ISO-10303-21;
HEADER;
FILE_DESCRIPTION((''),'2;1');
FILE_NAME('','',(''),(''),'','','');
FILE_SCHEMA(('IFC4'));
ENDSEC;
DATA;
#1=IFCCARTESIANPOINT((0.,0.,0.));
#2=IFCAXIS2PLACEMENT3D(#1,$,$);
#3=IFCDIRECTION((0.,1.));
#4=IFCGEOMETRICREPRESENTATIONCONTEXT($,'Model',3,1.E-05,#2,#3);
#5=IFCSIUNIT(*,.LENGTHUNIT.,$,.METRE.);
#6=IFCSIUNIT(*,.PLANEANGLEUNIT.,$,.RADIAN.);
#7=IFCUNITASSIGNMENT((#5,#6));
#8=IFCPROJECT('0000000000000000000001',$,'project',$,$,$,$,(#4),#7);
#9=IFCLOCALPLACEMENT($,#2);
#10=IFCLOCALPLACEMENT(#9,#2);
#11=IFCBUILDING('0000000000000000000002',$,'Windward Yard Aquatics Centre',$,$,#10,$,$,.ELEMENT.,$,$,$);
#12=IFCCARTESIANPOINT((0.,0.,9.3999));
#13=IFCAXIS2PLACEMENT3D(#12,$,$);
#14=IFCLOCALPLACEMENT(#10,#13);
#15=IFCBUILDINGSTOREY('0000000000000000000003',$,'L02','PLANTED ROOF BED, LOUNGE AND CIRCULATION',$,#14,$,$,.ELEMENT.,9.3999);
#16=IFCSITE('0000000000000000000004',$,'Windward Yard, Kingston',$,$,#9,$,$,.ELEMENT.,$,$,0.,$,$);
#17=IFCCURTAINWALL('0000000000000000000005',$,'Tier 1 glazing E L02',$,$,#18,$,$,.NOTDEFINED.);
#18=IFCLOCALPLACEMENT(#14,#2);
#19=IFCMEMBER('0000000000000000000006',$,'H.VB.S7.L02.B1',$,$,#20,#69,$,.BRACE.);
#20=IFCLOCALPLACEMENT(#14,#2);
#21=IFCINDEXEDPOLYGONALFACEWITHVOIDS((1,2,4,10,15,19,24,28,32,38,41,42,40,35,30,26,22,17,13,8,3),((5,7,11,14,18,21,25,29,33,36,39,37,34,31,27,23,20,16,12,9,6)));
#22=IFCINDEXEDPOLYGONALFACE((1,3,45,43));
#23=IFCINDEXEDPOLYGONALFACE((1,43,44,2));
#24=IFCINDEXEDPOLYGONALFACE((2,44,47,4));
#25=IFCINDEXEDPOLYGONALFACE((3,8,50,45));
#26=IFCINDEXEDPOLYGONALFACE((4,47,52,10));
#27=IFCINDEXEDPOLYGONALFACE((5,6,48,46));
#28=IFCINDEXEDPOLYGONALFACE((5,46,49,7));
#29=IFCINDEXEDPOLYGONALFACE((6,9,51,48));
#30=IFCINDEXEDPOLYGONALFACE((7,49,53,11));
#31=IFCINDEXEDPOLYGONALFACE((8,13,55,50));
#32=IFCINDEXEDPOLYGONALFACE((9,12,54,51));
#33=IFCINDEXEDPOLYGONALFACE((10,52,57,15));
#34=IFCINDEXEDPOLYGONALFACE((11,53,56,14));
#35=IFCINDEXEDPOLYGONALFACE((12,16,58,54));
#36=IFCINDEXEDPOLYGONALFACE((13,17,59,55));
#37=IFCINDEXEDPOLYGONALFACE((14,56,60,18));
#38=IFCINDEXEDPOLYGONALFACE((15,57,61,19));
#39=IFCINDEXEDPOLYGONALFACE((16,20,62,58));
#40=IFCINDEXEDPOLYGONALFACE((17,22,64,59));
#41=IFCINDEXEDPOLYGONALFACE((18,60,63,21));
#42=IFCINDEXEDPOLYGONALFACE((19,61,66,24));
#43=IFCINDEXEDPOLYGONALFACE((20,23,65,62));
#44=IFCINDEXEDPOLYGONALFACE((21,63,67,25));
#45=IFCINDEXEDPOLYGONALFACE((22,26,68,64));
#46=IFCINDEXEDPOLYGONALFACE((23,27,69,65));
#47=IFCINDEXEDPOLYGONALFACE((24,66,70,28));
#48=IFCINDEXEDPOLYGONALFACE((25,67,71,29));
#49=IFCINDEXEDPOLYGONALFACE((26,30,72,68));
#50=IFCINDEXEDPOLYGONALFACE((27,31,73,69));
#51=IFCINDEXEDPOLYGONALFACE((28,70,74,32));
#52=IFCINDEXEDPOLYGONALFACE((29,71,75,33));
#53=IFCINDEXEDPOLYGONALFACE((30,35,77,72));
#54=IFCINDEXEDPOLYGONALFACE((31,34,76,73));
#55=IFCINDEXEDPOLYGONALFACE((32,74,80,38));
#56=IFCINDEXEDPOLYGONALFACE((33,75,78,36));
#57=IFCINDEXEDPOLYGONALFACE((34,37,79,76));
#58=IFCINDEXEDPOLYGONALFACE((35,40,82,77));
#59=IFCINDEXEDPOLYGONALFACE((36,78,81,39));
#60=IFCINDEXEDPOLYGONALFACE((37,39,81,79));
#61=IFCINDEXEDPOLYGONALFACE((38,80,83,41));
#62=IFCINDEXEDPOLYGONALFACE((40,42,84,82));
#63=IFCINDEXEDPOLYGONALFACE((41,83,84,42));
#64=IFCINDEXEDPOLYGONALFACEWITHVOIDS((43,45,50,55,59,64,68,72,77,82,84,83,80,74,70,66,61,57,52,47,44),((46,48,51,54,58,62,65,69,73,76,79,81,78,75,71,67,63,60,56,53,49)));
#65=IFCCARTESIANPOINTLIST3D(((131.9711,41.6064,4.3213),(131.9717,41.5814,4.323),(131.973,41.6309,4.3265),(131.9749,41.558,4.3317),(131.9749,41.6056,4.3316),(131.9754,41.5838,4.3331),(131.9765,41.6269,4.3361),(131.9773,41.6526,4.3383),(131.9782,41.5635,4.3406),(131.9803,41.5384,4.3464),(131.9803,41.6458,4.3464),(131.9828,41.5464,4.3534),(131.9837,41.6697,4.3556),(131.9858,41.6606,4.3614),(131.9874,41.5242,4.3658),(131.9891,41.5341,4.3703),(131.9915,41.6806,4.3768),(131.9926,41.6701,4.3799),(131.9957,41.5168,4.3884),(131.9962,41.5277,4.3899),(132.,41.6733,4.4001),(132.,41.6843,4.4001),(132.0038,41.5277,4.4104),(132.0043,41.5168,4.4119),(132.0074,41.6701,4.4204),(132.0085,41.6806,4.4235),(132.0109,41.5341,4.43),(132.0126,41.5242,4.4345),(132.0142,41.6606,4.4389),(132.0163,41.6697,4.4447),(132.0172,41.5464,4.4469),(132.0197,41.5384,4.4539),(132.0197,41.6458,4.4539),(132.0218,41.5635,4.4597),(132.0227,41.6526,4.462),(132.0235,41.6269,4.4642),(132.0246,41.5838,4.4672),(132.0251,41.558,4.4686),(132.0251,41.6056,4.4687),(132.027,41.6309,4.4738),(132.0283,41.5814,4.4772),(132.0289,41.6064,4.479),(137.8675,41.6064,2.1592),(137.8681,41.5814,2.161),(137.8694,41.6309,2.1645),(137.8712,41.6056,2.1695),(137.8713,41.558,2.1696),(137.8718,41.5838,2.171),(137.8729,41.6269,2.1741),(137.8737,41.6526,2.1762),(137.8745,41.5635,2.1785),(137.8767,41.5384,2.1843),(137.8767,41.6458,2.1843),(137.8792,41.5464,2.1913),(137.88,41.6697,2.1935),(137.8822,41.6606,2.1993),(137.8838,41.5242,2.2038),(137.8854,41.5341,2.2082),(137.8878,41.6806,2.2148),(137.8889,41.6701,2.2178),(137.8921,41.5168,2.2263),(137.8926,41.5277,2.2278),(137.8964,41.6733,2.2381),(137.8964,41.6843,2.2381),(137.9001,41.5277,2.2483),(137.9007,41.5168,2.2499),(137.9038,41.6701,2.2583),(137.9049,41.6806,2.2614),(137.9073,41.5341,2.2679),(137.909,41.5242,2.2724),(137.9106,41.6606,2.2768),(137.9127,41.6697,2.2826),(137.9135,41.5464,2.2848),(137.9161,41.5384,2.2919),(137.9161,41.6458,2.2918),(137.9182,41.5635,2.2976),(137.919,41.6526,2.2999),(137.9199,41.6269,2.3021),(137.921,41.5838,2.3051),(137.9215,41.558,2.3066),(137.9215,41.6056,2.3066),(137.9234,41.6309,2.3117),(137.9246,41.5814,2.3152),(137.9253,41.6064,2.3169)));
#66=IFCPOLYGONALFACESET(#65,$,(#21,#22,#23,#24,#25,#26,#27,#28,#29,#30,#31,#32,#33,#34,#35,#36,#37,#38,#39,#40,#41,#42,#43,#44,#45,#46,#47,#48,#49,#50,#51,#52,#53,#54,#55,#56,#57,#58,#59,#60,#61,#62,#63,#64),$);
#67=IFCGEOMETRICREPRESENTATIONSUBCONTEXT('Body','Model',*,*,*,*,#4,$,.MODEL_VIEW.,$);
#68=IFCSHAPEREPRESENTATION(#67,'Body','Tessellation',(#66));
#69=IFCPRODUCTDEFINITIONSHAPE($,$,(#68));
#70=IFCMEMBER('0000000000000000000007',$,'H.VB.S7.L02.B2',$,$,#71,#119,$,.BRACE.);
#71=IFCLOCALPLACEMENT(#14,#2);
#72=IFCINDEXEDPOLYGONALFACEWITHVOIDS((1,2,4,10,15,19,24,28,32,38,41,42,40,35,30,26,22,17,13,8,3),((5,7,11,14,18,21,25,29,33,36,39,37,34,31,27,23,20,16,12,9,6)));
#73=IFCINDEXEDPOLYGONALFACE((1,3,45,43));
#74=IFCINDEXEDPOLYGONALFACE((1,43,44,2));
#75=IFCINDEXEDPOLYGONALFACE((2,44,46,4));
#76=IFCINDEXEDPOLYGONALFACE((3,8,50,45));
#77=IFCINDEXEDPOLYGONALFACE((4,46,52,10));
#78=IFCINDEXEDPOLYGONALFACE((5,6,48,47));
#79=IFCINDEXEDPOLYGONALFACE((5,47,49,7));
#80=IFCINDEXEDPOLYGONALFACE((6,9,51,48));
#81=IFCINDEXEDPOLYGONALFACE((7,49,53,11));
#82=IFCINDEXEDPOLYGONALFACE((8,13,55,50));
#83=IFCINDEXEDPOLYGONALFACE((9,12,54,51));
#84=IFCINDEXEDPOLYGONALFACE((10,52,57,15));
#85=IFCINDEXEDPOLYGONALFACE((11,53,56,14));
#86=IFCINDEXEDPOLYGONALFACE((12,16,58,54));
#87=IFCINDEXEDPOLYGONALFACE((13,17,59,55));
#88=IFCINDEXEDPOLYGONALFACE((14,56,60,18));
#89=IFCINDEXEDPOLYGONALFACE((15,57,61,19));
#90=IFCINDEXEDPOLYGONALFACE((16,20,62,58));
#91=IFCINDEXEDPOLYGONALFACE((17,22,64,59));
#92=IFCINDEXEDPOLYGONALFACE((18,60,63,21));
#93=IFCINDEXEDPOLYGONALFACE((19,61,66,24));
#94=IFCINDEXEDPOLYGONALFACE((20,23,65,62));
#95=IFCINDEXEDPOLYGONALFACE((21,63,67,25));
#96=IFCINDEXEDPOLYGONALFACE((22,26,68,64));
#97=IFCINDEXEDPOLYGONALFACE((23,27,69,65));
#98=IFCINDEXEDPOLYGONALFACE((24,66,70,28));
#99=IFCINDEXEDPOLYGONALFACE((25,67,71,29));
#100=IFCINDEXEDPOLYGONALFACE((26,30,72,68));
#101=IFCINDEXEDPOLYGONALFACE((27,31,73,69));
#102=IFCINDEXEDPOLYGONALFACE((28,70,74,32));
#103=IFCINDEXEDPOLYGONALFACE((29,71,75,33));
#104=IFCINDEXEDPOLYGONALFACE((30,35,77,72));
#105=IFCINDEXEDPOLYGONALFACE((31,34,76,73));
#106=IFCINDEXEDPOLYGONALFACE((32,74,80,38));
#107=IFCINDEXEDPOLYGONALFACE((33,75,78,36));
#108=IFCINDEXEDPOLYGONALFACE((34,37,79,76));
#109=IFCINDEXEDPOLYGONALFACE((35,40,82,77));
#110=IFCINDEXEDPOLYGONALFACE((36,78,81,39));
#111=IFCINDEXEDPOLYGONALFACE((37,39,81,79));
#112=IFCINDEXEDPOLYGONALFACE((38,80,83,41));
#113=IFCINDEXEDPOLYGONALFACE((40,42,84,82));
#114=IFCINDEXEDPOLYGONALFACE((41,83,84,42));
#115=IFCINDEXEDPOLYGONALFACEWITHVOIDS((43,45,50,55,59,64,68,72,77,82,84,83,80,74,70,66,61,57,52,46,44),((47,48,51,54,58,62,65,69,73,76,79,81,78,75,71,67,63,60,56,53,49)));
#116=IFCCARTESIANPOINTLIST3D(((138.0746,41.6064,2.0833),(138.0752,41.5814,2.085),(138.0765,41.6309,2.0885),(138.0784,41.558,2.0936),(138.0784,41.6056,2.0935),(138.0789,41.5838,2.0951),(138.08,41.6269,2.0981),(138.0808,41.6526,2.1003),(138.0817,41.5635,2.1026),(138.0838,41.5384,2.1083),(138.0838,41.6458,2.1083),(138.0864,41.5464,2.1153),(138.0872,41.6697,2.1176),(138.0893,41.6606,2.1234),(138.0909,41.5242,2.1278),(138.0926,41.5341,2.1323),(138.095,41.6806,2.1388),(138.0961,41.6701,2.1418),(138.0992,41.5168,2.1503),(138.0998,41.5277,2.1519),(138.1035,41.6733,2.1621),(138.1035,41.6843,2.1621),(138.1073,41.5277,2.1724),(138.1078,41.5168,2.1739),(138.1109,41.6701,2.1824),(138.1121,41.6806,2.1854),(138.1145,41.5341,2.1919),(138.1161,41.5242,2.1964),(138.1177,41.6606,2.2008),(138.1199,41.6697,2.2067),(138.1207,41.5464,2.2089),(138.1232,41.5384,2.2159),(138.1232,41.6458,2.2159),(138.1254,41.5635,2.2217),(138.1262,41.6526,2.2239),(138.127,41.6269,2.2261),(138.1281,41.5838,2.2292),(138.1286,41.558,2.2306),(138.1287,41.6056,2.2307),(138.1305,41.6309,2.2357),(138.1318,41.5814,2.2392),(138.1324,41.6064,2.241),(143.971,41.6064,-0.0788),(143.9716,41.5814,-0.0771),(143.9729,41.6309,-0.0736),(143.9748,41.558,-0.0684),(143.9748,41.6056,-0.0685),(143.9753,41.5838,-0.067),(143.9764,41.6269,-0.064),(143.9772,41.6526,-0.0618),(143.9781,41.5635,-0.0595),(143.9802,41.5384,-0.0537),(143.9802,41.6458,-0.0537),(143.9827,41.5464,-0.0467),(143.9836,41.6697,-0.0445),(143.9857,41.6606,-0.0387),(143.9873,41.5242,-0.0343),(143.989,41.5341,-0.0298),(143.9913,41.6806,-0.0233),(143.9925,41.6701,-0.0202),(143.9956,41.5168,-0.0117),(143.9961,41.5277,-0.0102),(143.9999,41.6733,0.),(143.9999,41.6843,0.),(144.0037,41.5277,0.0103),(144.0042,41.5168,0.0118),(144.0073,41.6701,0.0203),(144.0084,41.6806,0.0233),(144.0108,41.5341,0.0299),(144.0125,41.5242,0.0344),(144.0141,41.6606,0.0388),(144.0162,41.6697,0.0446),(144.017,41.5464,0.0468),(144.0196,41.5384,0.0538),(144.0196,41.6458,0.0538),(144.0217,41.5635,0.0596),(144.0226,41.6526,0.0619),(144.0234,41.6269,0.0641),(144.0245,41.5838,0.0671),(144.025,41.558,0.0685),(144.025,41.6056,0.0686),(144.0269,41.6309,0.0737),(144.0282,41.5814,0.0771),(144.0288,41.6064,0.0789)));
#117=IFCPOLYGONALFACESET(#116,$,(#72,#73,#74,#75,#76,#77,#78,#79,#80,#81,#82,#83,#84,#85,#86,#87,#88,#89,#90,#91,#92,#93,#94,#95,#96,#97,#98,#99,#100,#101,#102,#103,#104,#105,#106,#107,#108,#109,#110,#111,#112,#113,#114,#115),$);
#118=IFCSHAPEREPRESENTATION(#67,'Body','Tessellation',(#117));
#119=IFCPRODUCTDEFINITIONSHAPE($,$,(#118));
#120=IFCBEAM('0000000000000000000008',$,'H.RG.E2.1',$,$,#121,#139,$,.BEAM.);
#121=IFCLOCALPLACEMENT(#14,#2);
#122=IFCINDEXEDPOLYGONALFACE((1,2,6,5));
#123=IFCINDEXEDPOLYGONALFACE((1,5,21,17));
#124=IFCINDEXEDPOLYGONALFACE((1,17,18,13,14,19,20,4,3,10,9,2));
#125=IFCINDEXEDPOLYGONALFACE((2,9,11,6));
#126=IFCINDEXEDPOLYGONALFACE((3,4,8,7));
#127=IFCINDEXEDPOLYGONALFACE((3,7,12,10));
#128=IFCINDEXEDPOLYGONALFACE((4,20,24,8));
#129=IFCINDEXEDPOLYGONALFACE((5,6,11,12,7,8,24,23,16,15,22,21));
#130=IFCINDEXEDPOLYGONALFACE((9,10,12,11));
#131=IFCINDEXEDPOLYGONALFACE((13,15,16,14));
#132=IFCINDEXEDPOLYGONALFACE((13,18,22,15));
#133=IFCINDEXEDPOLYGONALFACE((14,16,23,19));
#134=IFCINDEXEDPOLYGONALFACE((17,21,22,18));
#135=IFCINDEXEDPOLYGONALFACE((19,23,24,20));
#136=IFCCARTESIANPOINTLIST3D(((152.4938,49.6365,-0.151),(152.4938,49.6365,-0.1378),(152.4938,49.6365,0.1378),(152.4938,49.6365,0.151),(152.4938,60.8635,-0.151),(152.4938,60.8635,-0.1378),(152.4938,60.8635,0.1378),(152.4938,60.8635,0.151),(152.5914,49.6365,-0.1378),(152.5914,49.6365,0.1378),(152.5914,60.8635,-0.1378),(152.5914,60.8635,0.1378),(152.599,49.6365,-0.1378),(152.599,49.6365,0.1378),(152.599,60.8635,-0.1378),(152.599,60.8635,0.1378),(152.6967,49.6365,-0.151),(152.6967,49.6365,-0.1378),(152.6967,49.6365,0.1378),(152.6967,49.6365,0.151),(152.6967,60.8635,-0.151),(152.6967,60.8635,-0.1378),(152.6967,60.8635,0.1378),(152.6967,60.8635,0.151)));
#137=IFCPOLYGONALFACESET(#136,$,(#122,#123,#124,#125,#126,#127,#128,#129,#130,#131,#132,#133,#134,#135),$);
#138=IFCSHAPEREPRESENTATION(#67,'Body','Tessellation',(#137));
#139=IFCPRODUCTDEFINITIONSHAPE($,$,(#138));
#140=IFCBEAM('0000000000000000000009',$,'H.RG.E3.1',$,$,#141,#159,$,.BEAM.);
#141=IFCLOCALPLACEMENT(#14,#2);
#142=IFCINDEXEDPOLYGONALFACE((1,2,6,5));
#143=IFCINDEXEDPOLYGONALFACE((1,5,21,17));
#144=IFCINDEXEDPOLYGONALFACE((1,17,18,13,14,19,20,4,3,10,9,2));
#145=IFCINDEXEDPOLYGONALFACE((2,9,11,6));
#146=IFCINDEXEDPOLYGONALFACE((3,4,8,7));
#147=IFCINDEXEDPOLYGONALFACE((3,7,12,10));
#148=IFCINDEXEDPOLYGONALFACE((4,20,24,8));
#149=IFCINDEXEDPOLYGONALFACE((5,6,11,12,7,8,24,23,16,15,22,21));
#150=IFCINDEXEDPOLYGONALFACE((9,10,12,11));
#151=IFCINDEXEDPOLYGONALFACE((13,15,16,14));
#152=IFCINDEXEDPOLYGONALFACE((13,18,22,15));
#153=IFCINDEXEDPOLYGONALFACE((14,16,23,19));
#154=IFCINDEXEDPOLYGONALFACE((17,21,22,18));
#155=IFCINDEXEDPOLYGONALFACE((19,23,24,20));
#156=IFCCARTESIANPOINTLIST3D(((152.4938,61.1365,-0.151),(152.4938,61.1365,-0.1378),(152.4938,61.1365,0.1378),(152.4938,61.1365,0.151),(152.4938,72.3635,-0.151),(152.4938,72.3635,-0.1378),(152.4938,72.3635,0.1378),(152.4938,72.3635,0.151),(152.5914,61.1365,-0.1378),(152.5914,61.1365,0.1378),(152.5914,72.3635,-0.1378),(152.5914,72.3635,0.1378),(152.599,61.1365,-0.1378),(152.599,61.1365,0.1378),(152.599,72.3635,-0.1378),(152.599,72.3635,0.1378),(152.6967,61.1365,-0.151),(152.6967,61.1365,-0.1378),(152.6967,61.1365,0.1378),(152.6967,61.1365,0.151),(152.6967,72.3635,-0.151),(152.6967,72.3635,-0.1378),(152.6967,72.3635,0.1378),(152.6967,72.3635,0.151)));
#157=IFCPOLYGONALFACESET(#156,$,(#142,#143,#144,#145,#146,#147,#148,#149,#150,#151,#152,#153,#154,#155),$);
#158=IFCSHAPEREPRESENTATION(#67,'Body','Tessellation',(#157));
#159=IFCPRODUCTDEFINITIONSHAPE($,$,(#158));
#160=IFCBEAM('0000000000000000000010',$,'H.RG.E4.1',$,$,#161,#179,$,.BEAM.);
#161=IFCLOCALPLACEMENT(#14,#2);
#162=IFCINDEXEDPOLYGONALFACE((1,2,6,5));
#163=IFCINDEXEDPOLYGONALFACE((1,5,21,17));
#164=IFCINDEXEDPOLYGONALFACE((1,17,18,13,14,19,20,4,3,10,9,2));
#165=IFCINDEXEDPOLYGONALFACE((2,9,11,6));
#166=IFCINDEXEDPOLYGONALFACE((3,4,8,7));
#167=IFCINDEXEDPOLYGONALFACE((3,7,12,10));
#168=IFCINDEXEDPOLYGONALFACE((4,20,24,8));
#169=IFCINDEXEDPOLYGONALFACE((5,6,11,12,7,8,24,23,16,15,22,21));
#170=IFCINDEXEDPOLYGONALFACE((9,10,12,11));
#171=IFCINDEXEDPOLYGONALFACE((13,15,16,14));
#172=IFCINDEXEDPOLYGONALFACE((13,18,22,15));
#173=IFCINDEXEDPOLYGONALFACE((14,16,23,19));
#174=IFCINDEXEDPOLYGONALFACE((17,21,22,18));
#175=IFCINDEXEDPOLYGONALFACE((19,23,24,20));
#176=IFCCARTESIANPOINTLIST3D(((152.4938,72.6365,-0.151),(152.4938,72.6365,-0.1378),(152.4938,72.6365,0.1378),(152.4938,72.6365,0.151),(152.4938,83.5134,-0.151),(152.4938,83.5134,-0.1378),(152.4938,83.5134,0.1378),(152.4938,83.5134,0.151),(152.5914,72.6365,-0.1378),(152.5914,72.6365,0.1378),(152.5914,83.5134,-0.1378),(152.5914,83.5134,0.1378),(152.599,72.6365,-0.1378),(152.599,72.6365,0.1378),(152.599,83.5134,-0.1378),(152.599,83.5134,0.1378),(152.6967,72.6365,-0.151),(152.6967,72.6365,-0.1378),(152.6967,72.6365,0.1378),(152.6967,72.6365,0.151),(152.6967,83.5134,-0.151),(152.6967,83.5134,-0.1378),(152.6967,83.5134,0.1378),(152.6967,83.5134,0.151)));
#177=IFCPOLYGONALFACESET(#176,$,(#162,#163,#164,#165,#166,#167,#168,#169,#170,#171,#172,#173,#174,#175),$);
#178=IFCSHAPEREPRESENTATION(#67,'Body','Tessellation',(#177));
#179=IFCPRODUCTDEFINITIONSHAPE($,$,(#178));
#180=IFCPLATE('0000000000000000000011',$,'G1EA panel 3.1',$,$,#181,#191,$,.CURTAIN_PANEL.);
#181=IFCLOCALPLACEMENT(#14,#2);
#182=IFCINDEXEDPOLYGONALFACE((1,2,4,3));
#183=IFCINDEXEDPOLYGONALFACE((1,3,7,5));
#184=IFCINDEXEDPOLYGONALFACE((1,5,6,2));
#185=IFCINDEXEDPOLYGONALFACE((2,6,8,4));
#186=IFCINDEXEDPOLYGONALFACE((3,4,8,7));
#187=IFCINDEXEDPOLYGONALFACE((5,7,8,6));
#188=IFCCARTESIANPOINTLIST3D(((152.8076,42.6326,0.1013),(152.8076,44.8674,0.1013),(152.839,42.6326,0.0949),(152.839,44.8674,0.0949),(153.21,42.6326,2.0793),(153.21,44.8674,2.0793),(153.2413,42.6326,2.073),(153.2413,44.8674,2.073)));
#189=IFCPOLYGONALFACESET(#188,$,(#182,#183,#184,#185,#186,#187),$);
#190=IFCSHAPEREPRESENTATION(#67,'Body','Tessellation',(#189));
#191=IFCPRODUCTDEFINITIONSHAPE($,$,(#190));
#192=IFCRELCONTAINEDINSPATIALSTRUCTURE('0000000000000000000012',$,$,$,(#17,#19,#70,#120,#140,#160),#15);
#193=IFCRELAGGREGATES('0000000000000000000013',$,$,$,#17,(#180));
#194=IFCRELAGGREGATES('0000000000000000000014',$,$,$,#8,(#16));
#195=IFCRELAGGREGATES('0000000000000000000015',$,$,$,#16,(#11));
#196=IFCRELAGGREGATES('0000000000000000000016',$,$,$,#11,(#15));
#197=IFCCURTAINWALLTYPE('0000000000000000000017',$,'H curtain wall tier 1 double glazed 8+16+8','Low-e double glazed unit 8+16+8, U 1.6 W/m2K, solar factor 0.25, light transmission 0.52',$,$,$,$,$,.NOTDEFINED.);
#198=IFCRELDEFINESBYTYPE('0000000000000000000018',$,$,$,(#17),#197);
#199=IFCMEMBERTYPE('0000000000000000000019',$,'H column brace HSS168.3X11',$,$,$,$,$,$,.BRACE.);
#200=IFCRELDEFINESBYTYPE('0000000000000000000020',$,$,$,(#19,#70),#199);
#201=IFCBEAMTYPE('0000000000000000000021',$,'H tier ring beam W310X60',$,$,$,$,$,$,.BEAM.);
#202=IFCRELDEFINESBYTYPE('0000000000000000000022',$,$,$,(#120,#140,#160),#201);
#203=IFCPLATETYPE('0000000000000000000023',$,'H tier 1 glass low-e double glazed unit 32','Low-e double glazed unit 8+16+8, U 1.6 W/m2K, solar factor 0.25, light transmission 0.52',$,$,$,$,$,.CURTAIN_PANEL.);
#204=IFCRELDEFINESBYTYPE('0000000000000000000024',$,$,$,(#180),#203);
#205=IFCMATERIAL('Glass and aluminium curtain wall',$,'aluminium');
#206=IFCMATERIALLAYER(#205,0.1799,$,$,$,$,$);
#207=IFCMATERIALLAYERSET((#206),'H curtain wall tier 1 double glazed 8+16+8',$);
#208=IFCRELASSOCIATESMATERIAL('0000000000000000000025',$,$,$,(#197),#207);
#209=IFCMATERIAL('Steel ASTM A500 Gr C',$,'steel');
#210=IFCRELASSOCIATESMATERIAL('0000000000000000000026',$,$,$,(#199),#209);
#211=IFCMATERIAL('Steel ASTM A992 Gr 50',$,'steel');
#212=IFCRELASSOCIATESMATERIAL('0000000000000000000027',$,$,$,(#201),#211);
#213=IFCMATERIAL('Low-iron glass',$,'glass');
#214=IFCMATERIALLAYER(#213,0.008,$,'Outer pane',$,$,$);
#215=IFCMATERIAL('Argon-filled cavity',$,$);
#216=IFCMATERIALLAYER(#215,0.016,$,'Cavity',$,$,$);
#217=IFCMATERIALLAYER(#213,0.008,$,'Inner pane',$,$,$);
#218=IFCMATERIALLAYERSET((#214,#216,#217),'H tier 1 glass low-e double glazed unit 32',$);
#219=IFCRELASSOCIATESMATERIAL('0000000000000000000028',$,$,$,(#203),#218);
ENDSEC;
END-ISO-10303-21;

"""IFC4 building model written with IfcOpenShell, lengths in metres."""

from ifc_helpers import new_model, si_unit, direction, frame, origin, origin_2d, place, context, subcontext, project, spatial, polyline, hollow_circle, i_section, outline, extrude, material, layer, layer_set, material_profile, profile_set, type_object, element, aggregate, save


model = new_model("IFC4")

# Units and contexts
model_context = context("Model", 3, precision=1e-05, world=origin(), true_north=direction((0.0, 1.0)))
body_context = subcontext(model_context, "Body", "Model", "MODEL_VIEW")
ifc_project = project(units=[si_unit("LENGTHUNIT", "METRE"), si_unit("PLANEANGLEUNIT", "RADIAN")], contexts=[model_context])

# Site, building, storey
site_placement = place(None, origin())
site = spatial("IfcSite", under=ifc_project, at=site_placement, Name="Windward Yard, Kingston", CompositionType="ELEMENT", RefElevation=0.0)
building_placement = place(site_placement, origin())
building = spatial("IfcBuilding", under=site, at=building_placement, Name="Windward Yard Aquatics Centre", CompositionType="ELEMENT")
storey_placement = place(building_placement, frame((0.0, 0.0, 9.3999)))
storey = spatial("IfcBuildingStorey", under=building, at=storey_placement, Name="L02", Description="PLANTED ROOF BED, LOUNGE AND CIRCULATION", CompositionType="ELEMENT", Elevation=9.3999)

# Shared definitions
ifc_material_1 = material(Name="Steel ASTM A500 Gr C", Category="steel")

# Curtain wall
ifc_material_2 = material(Name="Glass and aluminium curtain wall", Category="aluminium")
ifc_layer_1 = layer(ifc_material_2, 0.1799)
ifc_layer_set_1 = layer_set([ifc_layer_1], Name="H curtain wall tier 1 double glazed 8+16+8")
curtain_wall_type = type_object("IfcCurtainWallType", Name="H curtain wall tier 1 double glazed 8+16+8", Description="Low-e double glazed unit 8+16+8, U 1.6 W/m2K, solar factor 0.25, light transmission 0.52", PredefinedType="NOTDEFINED", material=ifc_layer_set_1)
curtain_wall_placement = place(storey_placement, origin())
curtain_wall = element("IfcCurtainWall", 1, at=curtain_wall_placement, inside=storey, type_object=curtain_wall_type, Name="Tier 1 glazing E L02", PredefinedType="NOTDEFINED")

# Shared definitions
ifc_material_3 = material(Name="Steel ASTM A992 Gr 50", Category="steel")

# Members
ifc_material_profile_1 = material_profile(ifc_material_1, hollow_circle(Radius=0.0842, WallThickness=0.011, at=origin_2d()), Name="HSS168.3X11")
ifc_profile_set_1 = profile_set([ifc_material_profile_1], Name="Steel ASTM A500 Gr C")
member_type_1 = type_object("IfcMemberType", Name="H column brace HSS168.3X11", PredefinedType="BRACE", material=ifc_profile_set_1)
for number, where, z_axis, x_axis, name in (
    (2, (132.0, 41.6001, 4.4001), (0.938873, 0.0, -0.344264), (0.0, 1.0, 0.0), "H.VB.S7.L02.B1"),
    (3, (138.1035, 41.6001, 2.1621), (0.938873, 0.0, -0.344264), (0.0, 1.0, 0.0), "H.VB.S7.L02.B2"),
):
    element("IfcMember", number, at=place(storey_placement, frame(where, z_axis=z_axis, x_axis=x_axis)), inside=storey, type_object=member_type_1, Name=name, PredefinedType="BRACE", context=body_context, shape_type="SweptSolid", body=[
        extrude(hollow_circle(Radius=0.0842, WallThickness=0.011, at=origin_2d()), origin(), (0.0, 0.0, 1.0), 6.2803),
    ])

# Beams
ifc_material_profile_2 = material_profile(ifc_material_3, i_section(OverallWidth=0.2029, OverallDepth=0.302, WebThickness=0.0076, FlangeThickness=0.0132, at=origin_2d()), Name="W310X60")
ifc_profile_set_2 = profile_set([ifc_material_profile_2], Name="Steel ASTM A992 Gr 50")
beam_type_1 = type_object("IfcBeamType", Name="H tier ring beam W310X60", PredefinedType="BEAM", material=ifc_profile_set_2)
for number, where, z_axis, x_axis, name in (
    (4, (152.5952, 49.6365, 0.0), (0.0, 1.0, 0.0), (-1.0, 0.0, 0.0), "H.RG.E2.1"),
    (5, (152.5952, 61.1365, 0.0), (0.0, 1.0, 0.0), (-1.0, 0.0, 0.0), "H.RG.E3.1"),
):
    element("IfcBeam", number, at=place(storey_placement, frame(where, z_axis=z_axis, x_axis=x_axis)), inside=storey, type_object=beam_type_1, Name=name, PredefinedType="BEAM", context=body_context, shape_type="SweptSolid", body=[
        extrude(i_section(OverallWidth=0.2029, OverallDepth=0.302, WebThickness=0.0076, FlangeThickness=0.0132, at=origin_2d()), origin(), (0.0, 0.0, 1.0), 11.2271),
    ])
beam_1_placement = place(storey_placement, frame((152.5952, 72.6365, 0.0), z_axis=(0.0, 1.0, 0.0), x_axis=(-1.0, 0.0, 0.0)))
element("IfcBeam", 6, at=beam_1_placement, inside=storey, type_object=beam_type_1, Name="H.RG.E4.1", PredefinedType="BEAM", context=body_context, shape_type="SweptSolid", body=[
    extrude(i_section(OverallWidth=0.2029, OverallDepth=0.302, WebThickness=0.0076, FlangeThickness=0.0132, at=origin_2d()), origin(), (0.0, 0.0, 1.0), 10.877),
])

# Plate
ifc_material_4 = material(Name="Low-iron glass", Category="glass")
ifc_layer_2 = layer(ifc_material_4, 0.008, Name="Outer pane")
ifc_material_5 = material(Name="Argon-filled cavity")
ifc_layer_3 = layer(ifc_material_5, 0.016, Name="Cavity")
ifc_layer_4 = layer(ifc_material_4, 0.008, Name="Inner pane")
ifc_layer_set_2 = layer_set([ifc_layer_2, ifc_layer_3, ifc_layer_4], Name="H tier 1 glass low-e double glazed unit 32")
plate_type = type_object("IfcPlateType", Name="H tier 1 glass low-e double glazed unit 32", Description="Low-e double glazed unit 8+16+8, U 1.6 W/m2K, solar factor 0.25, light transmission 0.52", PredefinedType="CURTAIN_PANEL", material=ifc_layer_set_2)
plate_1_placement = place(storey_placement, frame((152.8076, 42.6326, 0.1013), z_axis=(-0.979933, 0.0, 0.199325), x_axis=(0.0, 1.0, 0.0)))
plate_1 = element("IfcPlate", 7, at=plate_1_placement, type_object=plate_type, Name="G1EA panel 3.1", PredefinedType="CURTAIN_PANEL", context=body_context, shape_type="SweptSolid", body=[
    extrude(outline(polyline([(0.0, 0.0), (2.2349, 0.0), (2.2349, -2.0185), (0.0, -2.0185), (0.0, 0.0)])), origin(), (0.0, 0.0, -1.0), 0.032),
])
aggregate(curtain_wall, [plate_1])

save(model, "model.ifc")
